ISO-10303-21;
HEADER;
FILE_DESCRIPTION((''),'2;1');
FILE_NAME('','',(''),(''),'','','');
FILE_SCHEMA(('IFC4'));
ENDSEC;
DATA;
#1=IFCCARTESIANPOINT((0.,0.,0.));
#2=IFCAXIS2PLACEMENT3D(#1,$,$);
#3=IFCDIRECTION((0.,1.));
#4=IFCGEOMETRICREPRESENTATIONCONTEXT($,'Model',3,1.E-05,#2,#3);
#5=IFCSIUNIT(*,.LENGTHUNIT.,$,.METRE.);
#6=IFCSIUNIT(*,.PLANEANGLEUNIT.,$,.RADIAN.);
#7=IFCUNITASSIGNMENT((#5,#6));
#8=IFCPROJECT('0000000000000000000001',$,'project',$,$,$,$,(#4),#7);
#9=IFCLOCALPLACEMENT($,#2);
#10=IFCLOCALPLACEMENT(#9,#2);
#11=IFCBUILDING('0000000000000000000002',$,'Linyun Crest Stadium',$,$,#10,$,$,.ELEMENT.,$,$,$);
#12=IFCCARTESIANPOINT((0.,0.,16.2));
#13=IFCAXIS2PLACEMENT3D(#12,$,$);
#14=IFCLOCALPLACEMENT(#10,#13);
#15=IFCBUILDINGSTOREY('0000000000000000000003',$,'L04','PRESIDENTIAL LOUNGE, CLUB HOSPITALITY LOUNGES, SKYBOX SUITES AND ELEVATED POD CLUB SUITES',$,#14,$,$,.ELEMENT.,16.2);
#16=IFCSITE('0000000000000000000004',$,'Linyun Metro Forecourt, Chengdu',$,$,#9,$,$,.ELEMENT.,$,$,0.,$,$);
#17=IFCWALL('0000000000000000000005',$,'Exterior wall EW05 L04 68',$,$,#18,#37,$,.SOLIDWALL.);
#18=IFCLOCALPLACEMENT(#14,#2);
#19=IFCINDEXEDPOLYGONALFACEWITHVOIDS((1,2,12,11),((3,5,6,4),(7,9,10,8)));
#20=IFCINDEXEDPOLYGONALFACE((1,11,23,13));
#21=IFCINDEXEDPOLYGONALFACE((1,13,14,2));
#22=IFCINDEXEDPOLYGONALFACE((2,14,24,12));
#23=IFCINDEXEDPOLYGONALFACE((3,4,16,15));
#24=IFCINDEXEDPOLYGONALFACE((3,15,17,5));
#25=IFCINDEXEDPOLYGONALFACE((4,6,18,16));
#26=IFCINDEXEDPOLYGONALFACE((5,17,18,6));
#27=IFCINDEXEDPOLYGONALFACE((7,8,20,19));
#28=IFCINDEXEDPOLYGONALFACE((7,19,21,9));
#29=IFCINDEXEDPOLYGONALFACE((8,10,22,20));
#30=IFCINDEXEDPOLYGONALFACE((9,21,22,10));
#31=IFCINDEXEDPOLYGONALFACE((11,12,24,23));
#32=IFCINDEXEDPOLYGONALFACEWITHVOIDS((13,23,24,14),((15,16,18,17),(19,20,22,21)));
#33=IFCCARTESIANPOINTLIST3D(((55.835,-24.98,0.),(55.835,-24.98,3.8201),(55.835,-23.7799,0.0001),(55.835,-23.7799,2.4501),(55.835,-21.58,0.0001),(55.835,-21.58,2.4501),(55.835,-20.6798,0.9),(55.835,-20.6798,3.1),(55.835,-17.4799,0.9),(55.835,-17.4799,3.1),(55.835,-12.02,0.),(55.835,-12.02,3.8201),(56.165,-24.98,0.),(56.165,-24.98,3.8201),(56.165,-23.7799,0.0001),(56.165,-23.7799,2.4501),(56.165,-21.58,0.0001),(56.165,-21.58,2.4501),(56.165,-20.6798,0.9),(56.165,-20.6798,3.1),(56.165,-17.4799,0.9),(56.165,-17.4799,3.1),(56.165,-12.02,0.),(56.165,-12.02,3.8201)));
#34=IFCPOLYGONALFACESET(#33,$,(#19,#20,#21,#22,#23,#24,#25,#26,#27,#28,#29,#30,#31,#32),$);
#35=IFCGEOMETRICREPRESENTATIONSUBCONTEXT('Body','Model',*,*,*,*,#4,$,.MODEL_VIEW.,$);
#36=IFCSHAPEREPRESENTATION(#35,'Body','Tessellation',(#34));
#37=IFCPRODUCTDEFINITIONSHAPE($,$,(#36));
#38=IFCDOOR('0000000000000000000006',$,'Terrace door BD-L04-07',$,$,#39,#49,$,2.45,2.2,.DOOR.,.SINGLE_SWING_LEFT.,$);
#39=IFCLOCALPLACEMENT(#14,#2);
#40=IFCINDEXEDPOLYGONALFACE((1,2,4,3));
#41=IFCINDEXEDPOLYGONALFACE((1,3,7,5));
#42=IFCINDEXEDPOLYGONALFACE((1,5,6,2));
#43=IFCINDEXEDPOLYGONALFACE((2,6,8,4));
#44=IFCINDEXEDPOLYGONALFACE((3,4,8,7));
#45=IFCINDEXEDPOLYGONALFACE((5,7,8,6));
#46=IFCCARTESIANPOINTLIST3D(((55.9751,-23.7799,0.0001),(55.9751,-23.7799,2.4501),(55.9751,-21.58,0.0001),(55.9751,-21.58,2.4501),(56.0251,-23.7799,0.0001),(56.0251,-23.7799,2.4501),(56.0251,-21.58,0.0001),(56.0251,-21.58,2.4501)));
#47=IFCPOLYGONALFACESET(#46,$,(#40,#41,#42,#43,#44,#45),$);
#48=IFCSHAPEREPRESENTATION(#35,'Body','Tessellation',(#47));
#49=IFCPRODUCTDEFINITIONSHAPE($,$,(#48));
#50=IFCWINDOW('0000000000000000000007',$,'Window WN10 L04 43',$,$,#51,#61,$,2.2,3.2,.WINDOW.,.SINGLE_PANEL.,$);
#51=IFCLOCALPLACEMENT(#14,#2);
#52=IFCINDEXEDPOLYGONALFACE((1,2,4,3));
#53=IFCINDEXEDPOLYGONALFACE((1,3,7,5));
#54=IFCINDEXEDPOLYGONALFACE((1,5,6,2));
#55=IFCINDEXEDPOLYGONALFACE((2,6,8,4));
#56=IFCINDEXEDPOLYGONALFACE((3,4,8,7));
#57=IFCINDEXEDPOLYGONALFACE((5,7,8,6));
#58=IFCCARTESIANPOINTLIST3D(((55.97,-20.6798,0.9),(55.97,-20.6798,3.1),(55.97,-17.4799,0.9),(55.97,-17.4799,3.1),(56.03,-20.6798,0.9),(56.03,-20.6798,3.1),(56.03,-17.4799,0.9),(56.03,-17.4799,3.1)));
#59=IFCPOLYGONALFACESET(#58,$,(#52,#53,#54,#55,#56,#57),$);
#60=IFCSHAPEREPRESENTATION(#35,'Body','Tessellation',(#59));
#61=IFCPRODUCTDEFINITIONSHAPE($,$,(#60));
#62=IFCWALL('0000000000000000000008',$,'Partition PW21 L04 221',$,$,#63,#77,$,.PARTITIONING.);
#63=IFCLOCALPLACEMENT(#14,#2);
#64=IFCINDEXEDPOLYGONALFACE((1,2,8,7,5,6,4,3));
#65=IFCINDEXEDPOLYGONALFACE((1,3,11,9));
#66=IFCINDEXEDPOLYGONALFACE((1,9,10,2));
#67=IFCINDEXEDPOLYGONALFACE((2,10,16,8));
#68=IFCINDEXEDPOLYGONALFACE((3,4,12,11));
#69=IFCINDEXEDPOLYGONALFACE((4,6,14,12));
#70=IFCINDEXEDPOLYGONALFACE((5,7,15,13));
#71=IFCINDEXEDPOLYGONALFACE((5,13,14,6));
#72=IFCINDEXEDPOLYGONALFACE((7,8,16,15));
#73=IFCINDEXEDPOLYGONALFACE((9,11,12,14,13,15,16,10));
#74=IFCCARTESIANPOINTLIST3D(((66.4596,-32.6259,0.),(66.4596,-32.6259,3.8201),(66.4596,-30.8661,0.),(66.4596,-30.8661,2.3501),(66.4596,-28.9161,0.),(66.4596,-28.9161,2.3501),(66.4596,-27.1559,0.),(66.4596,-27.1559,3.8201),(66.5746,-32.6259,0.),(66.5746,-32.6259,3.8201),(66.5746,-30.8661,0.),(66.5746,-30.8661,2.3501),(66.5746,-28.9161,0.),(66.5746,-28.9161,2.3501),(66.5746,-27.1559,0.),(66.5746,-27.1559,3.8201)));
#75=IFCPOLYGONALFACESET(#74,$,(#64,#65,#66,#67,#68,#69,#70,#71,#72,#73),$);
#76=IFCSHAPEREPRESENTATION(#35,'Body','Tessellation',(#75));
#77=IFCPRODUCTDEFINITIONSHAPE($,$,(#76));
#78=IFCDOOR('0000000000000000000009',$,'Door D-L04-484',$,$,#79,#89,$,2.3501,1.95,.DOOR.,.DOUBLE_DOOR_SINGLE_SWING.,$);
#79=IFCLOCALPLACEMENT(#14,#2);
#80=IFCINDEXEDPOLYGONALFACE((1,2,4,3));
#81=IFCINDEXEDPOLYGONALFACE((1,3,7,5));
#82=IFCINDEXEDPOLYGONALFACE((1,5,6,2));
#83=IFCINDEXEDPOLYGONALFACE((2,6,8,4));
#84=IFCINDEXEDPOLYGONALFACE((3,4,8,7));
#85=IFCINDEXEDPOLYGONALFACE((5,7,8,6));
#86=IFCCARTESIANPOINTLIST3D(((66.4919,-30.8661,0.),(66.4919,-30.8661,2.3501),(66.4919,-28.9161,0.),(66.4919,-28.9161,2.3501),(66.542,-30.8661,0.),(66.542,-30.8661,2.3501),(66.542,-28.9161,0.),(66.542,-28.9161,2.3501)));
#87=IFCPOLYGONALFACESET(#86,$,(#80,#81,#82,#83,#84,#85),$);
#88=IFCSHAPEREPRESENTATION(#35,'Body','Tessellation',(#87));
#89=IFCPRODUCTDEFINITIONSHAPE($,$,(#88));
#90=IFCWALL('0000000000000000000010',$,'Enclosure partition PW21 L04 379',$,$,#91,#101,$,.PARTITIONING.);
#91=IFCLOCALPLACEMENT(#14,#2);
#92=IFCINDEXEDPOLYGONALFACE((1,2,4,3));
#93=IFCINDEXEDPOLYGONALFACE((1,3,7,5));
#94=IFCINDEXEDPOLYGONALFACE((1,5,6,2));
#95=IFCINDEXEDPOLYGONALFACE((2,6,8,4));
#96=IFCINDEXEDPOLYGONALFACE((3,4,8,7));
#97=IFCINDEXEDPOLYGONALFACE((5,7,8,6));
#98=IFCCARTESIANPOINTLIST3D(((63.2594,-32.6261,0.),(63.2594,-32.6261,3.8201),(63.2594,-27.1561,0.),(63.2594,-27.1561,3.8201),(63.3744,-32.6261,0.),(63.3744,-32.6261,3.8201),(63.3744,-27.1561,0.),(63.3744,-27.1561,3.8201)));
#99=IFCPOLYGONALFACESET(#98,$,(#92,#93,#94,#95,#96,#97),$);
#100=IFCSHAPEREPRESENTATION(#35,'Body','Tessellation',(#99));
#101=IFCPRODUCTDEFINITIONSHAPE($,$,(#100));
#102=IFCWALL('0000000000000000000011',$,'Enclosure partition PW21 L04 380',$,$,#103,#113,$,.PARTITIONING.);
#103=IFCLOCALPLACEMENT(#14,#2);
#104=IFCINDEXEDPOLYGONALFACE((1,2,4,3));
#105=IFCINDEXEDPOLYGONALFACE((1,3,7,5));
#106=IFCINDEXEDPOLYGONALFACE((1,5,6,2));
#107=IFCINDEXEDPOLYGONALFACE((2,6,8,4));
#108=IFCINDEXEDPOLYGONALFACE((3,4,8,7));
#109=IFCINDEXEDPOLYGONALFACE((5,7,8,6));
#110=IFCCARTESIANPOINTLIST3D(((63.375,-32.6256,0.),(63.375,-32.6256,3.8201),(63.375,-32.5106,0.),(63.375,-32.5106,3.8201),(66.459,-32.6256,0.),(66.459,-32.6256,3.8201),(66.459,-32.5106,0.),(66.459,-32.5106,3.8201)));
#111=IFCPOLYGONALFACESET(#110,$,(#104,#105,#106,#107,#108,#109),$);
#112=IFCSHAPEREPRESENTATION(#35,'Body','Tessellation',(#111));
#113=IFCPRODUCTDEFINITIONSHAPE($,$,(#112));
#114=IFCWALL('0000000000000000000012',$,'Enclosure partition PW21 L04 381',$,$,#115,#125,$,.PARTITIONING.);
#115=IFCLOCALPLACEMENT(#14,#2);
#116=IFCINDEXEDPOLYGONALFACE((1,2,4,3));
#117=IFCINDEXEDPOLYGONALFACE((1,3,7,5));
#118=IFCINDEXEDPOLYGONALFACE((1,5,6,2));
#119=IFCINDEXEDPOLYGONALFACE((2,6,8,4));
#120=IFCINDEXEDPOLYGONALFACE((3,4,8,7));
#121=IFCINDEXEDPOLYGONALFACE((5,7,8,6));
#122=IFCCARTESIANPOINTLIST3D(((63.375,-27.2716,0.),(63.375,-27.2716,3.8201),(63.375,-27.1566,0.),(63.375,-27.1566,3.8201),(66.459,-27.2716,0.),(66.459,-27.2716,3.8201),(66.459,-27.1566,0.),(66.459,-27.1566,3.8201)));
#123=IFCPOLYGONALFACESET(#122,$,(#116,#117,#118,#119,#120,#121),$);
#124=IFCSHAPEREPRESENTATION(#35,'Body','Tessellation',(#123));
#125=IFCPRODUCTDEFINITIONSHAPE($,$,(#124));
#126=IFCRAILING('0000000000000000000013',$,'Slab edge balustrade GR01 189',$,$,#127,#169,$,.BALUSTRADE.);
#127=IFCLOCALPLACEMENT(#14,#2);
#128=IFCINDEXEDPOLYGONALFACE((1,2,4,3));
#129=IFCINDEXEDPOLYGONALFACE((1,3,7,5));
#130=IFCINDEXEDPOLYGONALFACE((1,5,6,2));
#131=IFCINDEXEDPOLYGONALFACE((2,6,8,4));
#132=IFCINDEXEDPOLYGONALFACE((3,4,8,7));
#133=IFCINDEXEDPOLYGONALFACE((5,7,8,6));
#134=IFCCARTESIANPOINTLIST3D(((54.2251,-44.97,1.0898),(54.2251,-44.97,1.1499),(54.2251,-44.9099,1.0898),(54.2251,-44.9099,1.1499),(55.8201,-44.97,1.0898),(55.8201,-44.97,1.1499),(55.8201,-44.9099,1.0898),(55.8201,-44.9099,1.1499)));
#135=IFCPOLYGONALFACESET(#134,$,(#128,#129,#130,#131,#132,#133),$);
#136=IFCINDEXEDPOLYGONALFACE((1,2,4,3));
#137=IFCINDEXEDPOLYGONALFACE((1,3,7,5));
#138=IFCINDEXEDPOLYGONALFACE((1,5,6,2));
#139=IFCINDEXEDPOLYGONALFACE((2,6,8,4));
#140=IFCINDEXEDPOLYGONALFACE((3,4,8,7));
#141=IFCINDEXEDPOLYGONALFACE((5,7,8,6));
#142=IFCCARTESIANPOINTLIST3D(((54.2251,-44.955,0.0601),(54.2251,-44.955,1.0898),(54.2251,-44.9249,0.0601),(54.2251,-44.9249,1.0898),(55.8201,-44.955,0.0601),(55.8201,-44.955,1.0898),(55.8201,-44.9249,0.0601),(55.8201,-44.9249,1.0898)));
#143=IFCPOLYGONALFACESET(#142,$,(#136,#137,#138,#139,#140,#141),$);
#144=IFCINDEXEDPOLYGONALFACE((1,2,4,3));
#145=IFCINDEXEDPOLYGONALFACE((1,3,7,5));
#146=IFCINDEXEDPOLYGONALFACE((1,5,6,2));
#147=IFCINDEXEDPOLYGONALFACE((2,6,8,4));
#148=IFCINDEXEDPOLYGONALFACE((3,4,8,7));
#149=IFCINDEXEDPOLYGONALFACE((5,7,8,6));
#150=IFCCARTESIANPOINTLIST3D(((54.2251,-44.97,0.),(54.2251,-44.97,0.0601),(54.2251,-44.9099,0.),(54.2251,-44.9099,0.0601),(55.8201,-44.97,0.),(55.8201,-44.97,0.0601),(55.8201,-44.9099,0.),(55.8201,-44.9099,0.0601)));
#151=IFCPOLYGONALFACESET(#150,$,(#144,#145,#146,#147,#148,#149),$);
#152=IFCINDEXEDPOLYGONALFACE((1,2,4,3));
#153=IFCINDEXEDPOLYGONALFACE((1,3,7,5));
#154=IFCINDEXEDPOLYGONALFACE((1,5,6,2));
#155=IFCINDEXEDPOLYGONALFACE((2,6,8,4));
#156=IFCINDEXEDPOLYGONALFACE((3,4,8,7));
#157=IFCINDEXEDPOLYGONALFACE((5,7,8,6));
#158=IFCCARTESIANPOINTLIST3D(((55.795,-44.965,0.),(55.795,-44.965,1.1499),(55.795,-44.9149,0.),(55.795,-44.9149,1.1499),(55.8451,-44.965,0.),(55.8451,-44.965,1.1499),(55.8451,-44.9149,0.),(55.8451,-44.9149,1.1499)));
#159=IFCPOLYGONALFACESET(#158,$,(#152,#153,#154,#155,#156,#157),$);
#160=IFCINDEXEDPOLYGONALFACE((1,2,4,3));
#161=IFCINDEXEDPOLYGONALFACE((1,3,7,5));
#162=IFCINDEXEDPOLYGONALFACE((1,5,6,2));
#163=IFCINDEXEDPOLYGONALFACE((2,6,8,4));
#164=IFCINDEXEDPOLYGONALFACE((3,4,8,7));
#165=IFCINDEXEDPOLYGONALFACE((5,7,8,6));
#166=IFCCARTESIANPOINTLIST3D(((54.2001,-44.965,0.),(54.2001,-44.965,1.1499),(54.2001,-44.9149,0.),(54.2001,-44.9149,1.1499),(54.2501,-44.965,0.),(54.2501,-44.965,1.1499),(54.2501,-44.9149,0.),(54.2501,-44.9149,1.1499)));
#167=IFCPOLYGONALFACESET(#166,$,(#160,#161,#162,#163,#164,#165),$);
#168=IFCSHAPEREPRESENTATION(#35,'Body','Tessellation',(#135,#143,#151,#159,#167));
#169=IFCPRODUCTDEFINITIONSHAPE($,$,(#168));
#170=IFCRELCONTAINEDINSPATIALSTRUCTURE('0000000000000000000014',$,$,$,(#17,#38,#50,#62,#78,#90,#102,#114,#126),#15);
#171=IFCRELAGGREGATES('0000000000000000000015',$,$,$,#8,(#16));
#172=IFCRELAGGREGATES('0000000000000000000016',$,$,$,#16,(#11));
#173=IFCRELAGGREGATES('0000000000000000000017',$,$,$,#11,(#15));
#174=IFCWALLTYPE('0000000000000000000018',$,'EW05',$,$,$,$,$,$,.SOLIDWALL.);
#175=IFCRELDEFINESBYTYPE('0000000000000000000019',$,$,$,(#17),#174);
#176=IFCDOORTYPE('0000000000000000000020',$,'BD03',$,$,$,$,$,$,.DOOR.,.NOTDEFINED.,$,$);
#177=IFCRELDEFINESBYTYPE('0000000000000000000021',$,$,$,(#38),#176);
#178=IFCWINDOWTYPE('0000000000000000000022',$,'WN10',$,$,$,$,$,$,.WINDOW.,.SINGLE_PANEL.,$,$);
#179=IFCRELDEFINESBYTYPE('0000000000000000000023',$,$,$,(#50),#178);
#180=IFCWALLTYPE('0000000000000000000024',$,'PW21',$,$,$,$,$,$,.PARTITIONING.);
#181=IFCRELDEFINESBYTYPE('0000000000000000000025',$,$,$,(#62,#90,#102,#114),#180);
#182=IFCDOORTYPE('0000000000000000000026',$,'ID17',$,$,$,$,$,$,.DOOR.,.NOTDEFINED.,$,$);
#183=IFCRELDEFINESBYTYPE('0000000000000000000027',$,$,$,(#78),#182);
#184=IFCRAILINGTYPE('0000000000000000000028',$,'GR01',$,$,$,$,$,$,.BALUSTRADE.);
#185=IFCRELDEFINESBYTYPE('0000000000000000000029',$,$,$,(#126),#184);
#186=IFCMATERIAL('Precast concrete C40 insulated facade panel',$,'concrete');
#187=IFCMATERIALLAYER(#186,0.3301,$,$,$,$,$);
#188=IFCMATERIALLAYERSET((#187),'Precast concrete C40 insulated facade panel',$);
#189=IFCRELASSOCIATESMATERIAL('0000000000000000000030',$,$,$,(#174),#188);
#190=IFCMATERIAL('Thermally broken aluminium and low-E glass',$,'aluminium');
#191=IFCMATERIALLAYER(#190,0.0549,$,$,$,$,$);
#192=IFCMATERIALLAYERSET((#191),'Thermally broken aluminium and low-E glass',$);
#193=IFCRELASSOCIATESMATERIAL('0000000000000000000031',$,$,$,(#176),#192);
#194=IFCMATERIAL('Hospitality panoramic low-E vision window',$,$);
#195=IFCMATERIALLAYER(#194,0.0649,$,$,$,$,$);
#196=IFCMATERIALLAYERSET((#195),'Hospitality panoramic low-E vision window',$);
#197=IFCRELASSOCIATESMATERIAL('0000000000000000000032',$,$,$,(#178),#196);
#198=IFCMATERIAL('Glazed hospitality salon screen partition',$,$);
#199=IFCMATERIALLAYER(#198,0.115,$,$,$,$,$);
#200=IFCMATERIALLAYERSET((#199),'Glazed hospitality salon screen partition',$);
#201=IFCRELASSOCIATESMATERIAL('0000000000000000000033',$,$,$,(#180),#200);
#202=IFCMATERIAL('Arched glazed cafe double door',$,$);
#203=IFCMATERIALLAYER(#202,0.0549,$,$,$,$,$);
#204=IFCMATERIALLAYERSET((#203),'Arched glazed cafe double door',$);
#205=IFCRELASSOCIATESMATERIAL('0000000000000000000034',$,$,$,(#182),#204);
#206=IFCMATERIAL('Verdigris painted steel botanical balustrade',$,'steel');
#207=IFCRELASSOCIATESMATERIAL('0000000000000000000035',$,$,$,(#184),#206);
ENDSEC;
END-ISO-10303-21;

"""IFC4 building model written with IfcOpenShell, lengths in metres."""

from ifc_helpers import new_model, si_unit, direction, frame, frame_2d, origin, origin_2d, place, context, subcontext, project, spatial, rectangle, extrude, material, layer, layer_set, type_object, element, fill, save


model = new_model("IFC4")

# Units and contexts
model_context = context("Model", 3, precision=1e-05, world=origin(), true_north=direction((0.0, 1.0)))
body_context = subcontext(model_context, "Body", "Model", "MODEL_VIEW")
ifc_project = project(units=[si_unit("LENGTHUNIT", "METRE"), si_unit("PLANEANGLEUNIT", "RADIAN")], contexts=[model_context])

# Site, building, storey
site_placement = place(None, origin())
site = spatial("IfcSite", under=ifc_project, at=site_placement, Name="Linyun Metro Forecourt, Chengdu", CompositionType="ELEMENT", RefElevation=0.0)
building_placement = place(site_placement, origin())
building = spatial("IfcBuilding", under=site, at=building_placement, Name="Linyun Crest Stadium", CompositionType="ELEMENT")
storey_placement = place(building_placement, frame((0.0, 0.0, 16.2)))
storey = spatial("IfcBuildingStorey", under=building, at=storey_placement, Name="L04", Description="PRESIDENTIAL LOUNGE, CLUB HOSPITALITY LOUNGES, SKYBOX SUITES AND ELEVATED POD CLUB SUITES", CompositionType="ELEMENT", Elevation=16.2)

# Wall, openings, door, window
ifc_material_1 = material(Name="Precast concrete C40 insulated facade panel", Category="concrete")
ifc_layer_1 = layer(ifc_material_1, 0.3301)
ifc_layer_set_1 = layer_set([ifc_layer_1], Name="Precast concrete C40 insulated facade panel")
wall_type_1 = type_object("IfcWallType", Name="EW05", PredefinedType="SOLIDWALL", material=ifc_layer_set_1)
wall_1_placement = place(storey_placement, frame((56.0, -24.98, 0.0), z_axis=(0.0, 0.0, 1.0), x_axis=(0.0, 1.0, 0.0)))
wall_1 = element("IfcWall", 1, at=wall_1_placement, inside=storey, type_object=wall_type_1, Name="Exterior wall EW05 L04 68", PredefinedType="SOLIDWALL", context=body_context, shape_type="SweptSolid", body=[
    extrude(rectangle(XDim=12.96, YDim=0.3301, at=frame_2d((6.48, 0.0))), origin(), (0.0, 0.0, 1.0), 3.8201),
])
opening_1_placement = place(wall_1_placement, frame((1.2, 0.0, 0.0)))
opening_1 = element("IfcOpeningElement", 2, at=opening_1_placement, cuts=wall_1, PredefinedType="OPENING", context=body_context, shape_type="SweptSolid", body=[
    extrude(rectangle(XDim=2.2, YDim=2.45, at=frame_2d((1.1001, 1.2251))), frame((0.0, 0.175, 0.0), z_axis=(0.0, -1.0, 0.0), x_axis=(1.0, 0.0, 0.0)), (0.0, 0.0, 1.0), 0.3501),
])
opening_2_placement = place(wall_1_placement, frame((4.3, 0.0, 0.8999)))
opening_2 = element("IfcOpeningElement", 3, at=opening_2_placement, cuts=wall_1, PredefinedType="OPENING", context=body_context, shape_type="SweptSolid", body=[
    extrude(rectangle(XDim=3.2, YDim=2.2, at=frame_2d((1.6001, 1.1001))), frame((0.0, 0.175, 0.0), z_axis=(0.0, -1.0, 0.0), x_axis=(1.0, 0.0, 0.0)), (0.0, 0.0, 1.0), 0.3501),
])
ifc_material_2 = material(Name="Thermally broken aluminium and low-E glass", Category="aluminium")
ifc_layer_2 = layer(ifc_material_2, 0.0549)
ifc_layer_set_2 = layer_set([ifc_layer_2], Name="Thermally broken aluminium and low-E glass")
door_type_1 = type_object("IfcDoorType", Name="BD03", OperationType="NOTDEFINED", PredefinedType="DOOR", material=ifc_layer_set_2)
door_1_placement = place(opening_1_placement, origin())
door_1 = element("IfcDoor", 4, at=door_1_placement, inside=storey, type_object=door_type_1, Name="Terrace door BD-L04-07", OperationType="SINGLE_SWING_LEFT", OverallHeight=2.45, OverallWidth=2.2, PredefinedType="DOOR", context=body_context, shape_type="SweptSolid", body=[
    extrude(rectangle(XDim=2.2, YDim=2.45, at=frame_2d((1.1001, 1.2251))), frame((0.0, 0.0249, 0.0), z_axis=(0.0, -1.0, 0.0), x_axis=(1.0, 0.0, 0.0)), (0.0, 0.0, 1.0), 0.05),
])
fill(opening_1, door_1)
ifc_material_3 = material(Name="Hospitality panoramic low-E vision window")
ifc_layer_3 = layer(ifc_material_3, 0.0649)
ifc_layer_set_3 = layer_set([ifc_layer_3], Name="Hospitality panoramic low-E vision window")
window_type = type_object("IfcWindowType", Name="WN10", PartitioningType="SINGLE_PANEL", PredefinedType="WINDOW", material=ifc_layer_set_3)
window_placement = place(opening_2_placement, origin())
window = element("IfcWindow", 5, at=window_placement, inside=storey, type_object=window_type, Name="Window WN10 L04 43", OverallHeight=2.2, OverallWidth=3.2, PartitioningType="SINGLE_PANEL", PredefinedType="WINDOW", context=body_context, shape_type="SweptSolid", body=[
    extrude(rectangle(XDim=3.2, YDim=2.2, at=frame_2d((1.6001, 1.1001))), frame((0.0, 0.03, 0.0), z_axis=(0.0, -1.0, 0.0), x_axis=(1.0, 0.0, 0.0)), (0.0, 0.0, 1.0), 0.0601),
])
fill(opening_2, window)

# Wall, opening, door
ifc_material_4 = material(Name="Glazed hospitality salon screen partition")
ifc_layer_4 = layer(ifc_material_4, 0.115)
ifc_layer_set_4 = layer_set([ifc_layer_4], Name="Glazed hospitality salon screen partition")
wall_type_2 = type_object("IfcWallType", Name="PW21", PredefinedType="PARTITIONING", material=ifc_layer_set_4)
wall_2_placement = place(storey_placement, frame((66.5171, -27.156, 0.0), z_axis=(0.0, 0.0, 1.0), x_axis=(0.0, -1.0, 0.0)))
wall_2 = element("IfcWall", 6, at=wall_2_placement, inside=storey, type_object=wall_type_2, Name="Partition PW21 L04 221", PredefinedType="PARTITIONING", context=body_context, shape_type="SweptSolid", body=[
    extrude(rectangle(XDim=5.47, YDim=0.115, at=frame_2d((2.7349, 0.0))), origin(), (0.0, 0.0, 1.0), 3.8201),
])
opening_3_placement = place(wall_2_placement, frame((1.76, 0.0, 0.0)))
opening_3 = element("IfcOpeningElement", 7, at=opening_3_placement, cuts=wall_2, PredefinedType="OPENING", context=body_context, shape_type="SweptSolid", body=[
    extrude(rectangle(XDim=1.95, YDim=2.3501, at=frame_2d((0.9751, 1.175))), frame((0.0, 0.0674, 0.0), z_axis=(0.0, -1.0, 0.0), x_axis=(1.0, 0.0, 0.0)), (0.0, 0.0, 1.0), 0.135),
])
ifc_material_5 = material(Name="Arched glazed cafe double door")
ifc_layer_5 = layer(ifc_material_5, 0.0549)
ifc_layer_set_5 = layer_set([ifc_layer_5], Name="Arched glazed cafe double door")
door_type_2 = type_object("IfcDoorType", Name="ID17", OperationType="NOTDEFINED", PredefinedType="DOOR", material=ifc_layer_set_5)
door_2_placement = place(opening_3_placement, origin())
door_2 = element("IfcDoor", 8, at=door_2_placement, inside=storey, type_object=door_type_2, Name="Door D-L04-484", OperationType="DOUBLE_DOOR_SINGLE_SWING", OverallHeight=2.3501, OverallWidth=1.95, PredefinedType="DOOR", context=body_context, shape_type="SweptSolid", body=[
    extrude(rectangle(XDim=1.95, YDim=2.3501, at=frame_2d((0.9751, 1.175))), frame((0.0, 0.0249, 0.0), z_axis=(0.0, -1.0, 0.0), x_axis=(1.0, 0.0, 0.0)), (0.0, 0.0, 1.0), 0.05),
])
fill(opening_3, door_2)

# Walls
wall_3_placement = place(storey_placement, frame((63.3169, -32.626, 0.0), z_axis=(0.0, 0.0, 1.0), x_axis=(0.0, 1.0, 0.0)))
element("IfcWall", 9, at=wall_3_placement, inside=storey, type_object=wall_type_2, Name="Enclosure partition PW21 L04 379", PredefinedType="PARTITIONING", context=body_context, shape_type="SweptSolid", body=[
    extrude(rectangle(XDim=5.47, YDim=0.115, at=frame_2d((2.7349, 0.0))), origin(), (0.0, 0.0, 1.0), 3.8201),
])
for number, where, z_axis, x_axis, name in (
    (10, (63.375, -32.5681, 0.0), (0.0, 0.0, 1.0), (1.0, 0.0, 0.0), "Enclosure partition PW21 L04 380"),
    (11, (63.375, -27.2141, 0.0), (0.0, 0.0, 1.0), (1.0, 0.0, 0.0), "Enclosure partition PW21 L04 381"),
):
    element("IfcWall", number, at=place(storey_placement, frame(where, z_axis=z_axis, x_axis=x_axis)), inside=storey, type_object=wall_type_2, Name=name, PredefinedType="PARTITIONING", context=body_context, shape_type="SweptSolid", body=[
        extrude(rectangle(XDim=3.084, YDim=0.115, at=frame_2d((1.542, 0.0))), origin(), (0.0, 0.0, 1.0), 3.8201),
    ])

# Railing
ifc_material_6 = material(Name="Verdigris painted steel botanical balustrade", Category="steel")
railing_type_1 = type_object("IfcRailingType", Name="GR01", PredefinedType="BALUSTRADE", material=ifc_material_6)
railing_1_placement = place(storey_placement, frame((55.8201, -44.9399, 0.0)))
element("IfcRailing", 12, at=railing_1_placement, inside=storey, type_object=railing_type_1, Name="Slab edge balustrade GR01 189", PredefinedType="BALUSTRADE", context=body_context, shape_type="SweptSolid", body=[
    extrude(rectangle(XDim=0.0601, YDim=0.0601, at=origin_2d()), frame((0.0, 0.0, 1.1199), z_axis=(-1.0, 0.0, 0.0), x_axis=(0.0, -1.0, 0.0)), (0.0, 0.0, 1.0), 1.595),
    extrude(rectangle(XDim=0.03, YDim=1.0298, at=origin_2d()), frame((0.0, 0.0, 0.575), z_axis=(-1.0, 0.0, 0.0), x_axis=(0.0, -1.0, 0.0)), (0.0, 0.0, 1.0), 1.595),
    extrude(rectangle(XDim=0.0601, YDim=0.0601, at=origin_2d()), frame((0.0, 0.0, 0.03), z_axis=(-1.0, 0.0, 0.0), x_axis=(0.0, -1.0, 0.0)), (0.0, 0.0, 1.0), 1.595),
    extrude(rectangle(XDim=0.05, YDim=0.05, at=origin_2d()), origin(), (0.0, 0.0, 1.0), 1.1499),
    extrude(rectangle(XDim=0.05, YDim=0.05, at=origin_2d()), frame((-1.595, 0.0, 0.0)), (0.0, 0.0, 1.0), 1.1499),
])

save(model, "model.ifc")
